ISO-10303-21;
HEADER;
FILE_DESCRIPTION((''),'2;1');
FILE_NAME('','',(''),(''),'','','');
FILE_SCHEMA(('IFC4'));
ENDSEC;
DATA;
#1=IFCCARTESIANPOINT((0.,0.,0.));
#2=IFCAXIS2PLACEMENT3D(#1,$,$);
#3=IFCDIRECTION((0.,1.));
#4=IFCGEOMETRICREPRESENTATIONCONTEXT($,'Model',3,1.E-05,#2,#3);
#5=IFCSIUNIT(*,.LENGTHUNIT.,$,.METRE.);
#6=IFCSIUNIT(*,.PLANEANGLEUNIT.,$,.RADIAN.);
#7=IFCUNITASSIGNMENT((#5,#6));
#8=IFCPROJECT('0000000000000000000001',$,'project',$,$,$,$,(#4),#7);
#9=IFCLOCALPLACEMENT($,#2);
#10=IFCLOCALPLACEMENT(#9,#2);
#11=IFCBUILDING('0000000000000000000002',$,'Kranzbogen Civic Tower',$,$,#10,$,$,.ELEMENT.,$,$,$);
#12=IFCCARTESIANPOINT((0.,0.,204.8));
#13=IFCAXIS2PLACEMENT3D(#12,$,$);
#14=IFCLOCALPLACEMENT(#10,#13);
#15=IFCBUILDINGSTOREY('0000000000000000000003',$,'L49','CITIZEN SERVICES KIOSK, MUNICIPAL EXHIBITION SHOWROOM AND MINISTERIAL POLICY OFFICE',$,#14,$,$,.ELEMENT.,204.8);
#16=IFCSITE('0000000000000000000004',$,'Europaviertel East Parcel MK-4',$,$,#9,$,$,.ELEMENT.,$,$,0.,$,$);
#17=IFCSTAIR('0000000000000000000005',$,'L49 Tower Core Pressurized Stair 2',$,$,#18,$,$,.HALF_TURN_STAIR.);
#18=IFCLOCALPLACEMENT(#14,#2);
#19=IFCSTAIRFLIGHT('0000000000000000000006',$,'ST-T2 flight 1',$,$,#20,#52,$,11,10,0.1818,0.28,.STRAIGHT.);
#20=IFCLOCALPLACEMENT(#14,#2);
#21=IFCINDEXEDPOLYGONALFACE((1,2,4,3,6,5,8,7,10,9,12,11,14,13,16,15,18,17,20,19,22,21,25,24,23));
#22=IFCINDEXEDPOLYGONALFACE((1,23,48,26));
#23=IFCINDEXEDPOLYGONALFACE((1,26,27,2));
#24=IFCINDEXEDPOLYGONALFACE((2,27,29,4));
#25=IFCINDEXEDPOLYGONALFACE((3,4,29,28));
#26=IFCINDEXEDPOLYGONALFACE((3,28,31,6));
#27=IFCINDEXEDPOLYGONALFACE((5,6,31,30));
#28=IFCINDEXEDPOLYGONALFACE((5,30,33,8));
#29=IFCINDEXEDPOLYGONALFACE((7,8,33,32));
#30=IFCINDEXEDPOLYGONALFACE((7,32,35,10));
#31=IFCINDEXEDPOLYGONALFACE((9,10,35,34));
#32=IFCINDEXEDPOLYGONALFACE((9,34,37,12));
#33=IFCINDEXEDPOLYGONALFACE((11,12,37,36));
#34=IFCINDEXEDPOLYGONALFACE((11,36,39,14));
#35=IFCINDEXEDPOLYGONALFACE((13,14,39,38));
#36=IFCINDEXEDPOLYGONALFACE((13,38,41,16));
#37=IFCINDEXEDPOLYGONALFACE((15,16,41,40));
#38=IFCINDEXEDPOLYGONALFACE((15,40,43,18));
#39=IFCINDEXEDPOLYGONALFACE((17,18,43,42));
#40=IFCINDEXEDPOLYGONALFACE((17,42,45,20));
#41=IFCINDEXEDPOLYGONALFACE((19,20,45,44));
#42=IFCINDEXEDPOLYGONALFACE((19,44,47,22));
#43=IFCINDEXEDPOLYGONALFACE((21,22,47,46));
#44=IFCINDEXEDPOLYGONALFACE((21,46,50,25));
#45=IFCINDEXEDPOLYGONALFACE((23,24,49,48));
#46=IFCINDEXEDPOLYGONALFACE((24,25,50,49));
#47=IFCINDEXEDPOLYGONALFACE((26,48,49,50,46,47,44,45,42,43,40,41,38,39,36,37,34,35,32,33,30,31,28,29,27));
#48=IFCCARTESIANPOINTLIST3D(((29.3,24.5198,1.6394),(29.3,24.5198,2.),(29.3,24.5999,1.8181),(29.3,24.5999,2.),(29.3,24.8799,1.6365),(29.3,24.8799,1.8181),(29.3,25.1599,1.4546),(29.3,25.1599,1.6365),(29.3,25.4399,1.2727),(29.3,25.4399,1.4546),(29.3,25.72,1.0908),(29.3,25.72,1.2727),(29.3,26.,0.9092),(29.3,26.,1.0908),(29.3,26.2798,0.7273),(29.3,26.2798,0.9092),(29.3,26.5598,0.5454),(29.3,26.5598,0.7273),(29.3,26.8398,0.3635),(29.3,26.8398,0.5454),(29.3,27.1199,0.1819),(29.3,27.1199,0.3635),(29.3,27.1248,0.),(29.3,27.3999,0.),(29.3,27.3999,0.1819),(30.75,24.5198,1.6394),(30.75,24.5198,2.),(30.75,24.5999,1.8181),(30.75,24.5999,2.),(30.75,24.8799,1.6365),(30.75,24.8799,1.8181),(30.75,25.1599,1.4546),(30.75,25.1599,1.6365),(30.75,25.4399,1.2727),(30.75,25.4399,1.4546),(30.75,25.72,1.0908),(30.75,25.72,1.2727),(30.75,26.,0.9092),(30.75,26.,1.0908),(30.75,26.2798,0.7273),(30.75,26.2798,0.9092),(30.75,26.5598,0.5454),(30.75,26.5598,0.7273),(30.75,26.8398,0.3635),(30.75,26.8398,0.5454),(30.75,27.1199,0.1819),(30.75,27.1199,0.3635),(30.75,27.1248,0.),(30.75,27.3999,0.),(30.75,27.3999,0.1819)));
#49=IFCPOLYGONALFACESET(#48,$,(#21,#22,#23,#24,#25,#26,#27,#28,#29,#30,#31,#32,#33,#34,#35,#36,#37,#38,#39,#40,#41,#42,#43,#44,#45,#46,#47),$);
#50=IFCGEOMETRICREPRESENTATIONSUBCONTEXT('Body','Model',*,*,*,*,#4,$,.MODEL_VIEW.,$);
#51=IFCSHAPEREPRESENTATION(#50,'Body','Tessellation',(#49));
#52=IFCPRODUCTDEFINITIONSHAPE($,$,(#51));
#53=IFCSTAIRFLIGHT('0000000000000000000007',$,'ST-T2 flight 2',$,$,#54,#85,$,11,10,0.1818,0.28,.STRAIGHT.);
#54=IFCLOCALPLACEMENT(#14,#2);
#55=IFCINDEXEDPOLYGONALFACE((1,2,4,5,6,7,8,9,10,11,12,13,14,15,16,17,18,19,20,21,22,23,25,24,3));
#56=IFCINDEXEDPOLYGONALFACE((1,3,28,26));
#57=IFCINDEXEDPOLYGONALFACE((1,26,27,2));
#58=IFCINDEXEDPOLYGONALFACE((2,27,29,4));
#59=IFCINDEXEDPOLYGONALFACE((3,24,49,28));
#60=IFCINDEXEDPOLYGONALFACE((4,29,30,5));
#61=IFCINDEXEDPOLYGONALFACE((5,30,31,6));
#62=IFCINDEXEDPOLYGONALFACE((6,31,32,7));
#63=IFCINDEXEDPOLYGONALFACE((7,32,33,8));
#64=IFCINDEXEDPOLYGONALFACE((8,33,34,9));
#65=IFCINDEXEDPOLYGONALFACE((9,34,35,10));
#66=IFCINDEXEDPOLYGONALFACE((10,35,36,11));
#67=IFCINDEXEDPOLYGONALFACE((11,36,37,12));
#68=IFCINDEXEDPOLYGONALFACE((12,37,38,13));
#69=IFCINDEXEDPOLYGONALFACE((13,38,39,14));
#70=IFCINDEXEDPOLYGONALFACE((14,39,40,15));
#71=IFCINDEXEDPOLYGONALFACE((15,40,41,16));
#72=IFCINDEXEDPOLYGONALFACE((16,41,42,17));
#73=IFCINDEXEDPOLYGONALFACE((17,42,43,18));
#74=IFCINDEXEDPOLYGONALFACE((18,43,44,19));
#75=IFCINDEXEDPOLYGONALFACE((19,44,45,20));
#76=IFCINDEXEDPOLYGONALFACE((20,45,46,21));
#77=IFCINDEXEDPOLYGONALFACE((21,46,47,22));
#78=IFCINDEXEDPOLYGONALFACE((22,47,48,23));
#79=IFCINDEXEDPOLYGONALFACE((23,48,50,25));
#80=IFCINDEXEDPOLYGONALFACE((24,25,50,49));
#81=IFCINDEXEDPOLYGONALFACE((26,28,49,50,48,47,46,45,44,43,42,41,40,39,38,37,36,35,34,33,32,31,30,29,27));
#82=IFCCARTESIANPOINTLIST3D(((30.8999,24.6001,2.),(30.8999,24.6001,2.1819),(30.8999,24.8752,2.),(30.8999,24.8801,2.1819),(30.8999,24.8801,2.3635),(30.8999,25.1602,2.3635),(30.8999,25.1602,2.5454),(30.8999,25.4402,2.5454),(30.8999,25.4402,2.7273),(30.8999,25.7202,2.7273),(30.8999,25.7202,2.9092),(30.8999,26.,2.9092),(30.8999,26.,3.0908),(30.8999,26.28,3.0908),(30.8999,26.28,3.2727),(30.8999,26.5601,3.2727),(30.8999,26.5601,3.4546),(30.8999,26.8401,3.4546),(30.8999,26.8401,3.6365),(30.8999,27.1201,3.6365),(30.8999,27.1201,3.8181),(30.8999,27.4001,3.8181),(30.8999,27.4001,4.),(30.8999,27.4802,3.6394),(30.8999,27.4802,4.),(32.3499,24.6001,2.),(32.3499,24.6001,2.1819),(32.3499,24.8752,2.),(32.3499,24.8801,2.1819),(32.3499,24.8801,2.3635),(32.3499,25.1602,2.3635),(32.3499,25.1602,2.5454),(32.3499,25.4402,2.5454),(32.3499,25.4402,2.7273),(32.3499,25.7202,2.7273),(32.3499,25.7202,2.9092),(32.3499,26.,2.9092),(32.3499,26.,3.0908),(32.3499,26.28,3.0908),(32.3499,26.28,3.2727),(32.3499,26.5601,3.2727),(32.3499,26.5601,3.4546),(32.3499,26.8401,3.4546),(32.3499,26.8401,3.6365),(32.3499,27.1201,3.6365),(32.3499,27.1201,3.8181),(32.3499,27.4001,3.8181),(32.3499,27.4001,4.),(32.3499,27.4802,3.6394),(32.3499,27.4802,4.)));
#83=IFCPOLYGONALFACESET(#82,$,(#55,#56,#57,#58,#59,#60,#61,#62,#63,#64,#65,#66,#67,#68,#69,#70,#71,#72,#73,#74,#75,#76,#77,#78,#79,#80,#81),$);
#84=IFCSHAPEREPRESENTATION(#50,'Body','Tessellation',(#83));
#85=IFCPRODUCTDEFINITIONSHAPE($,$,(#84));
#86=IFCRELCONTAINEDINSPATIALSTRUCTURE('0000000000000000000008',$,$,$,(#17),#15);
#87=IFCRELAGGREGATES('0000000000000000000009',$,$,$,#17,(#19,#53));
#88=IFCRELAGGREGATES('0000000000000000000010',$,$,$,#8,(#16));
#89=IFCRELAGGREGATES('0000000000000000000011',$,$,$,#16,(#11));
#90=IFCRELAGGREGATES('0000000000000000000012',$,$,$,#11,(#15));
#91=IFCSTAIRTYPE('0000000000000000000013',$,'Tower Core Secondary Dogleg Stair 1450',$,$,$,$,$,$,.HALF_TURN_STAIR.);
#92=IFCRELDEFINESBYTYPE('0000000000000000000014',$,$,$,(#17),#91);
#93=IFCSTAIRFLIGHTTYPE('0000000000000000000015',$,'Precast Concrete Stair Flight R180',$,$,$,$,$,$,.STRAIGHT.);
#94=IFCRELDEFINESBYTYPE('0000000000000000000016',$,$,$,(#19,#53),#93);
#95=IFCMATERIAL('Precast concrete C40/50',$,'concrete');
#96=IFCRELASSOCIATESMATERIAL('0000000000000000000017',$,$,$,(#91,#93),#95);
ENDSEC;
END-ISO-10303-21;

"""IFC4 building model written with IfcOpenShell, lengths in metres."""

from ifc_helpers import new_model, si_unit, direction, frame, origin, place, context, subcontext, project, spatial, polyline, outline, extrude, material, type_object, element, aggregate, save


model = new_model("IFC4")

# Units and contexts
model_context = context("Model", 3, precision=1e-05, world=origin(), true_north=direction((0.0, 1.0)))
body_context = subcontext(model_context, "Body", "Model", "MODEL_VIEW")
ifc_project = project(units=[si_unit("LENGTHUNIT", "METRE"), si_unit("PLANEANGLEUNIT", "RADIAN")], contexts=[model_context])

# Site, building, storey
site_placement = place(None, origin())
site = spatial("IfcSite", under=ifc_project, at=site_placement, Name="Europaviertel East Parcel MK-4", CompositionType="ELEMENT", RefElevation=0.0)
building_placement = place(site_placement, origin())
building = spatial("IfcBuilding", under=site, at=building_placement, Name="Kranzbogen Civic Tower", CompositionType="ELEMENT")
storey_placement = place(building_placement, frame((0.0, 0.0, 204.8)))
storey = spatial("IfcBuildingStorey", under=building, at=storey_placement, Name="L49", Description="CITIZEN SERVICES KIOSK, MUNICIPAL EXHIBITION SHOWROOM AND MINISTERIAL POLICY OFFICE", CompositionType="ELEMENT", Elevation=204.8)

# Stair, stair flights
ifc_material_1 = material(Name="Precast concrete C40/50", Category="concrete")
stair_type = type_object("IfcStairType", Name="Tower Core Secondary Dogleg Stair 1450", PredefinedType="HALF_TURN_STAIR", material=ifc_material_1)
stair_placement = place(storey_placement, origin())
stair = element("IfcStair", 1, at=stair_placement, inside=storey, type_object=stair_type, Name="L49 Tower Core Pressurized Stair 2", PredefinedType="HALF_TURN_STAIR")
stair_flight_type = type_object("IfcStairFlightType", Name="Precast Concrete Stair Flight R180", PredefinedType="STRAIGHT", material=ifc_material_1)
stair_flight_1_placement = place(storey_placement, frame((30.0249, 27.3999, 0.0), z_axis=(0.0, 0.0, 1.0), x_axis=(0.0, -1.0, 0.0)))
stair_flight_1 = element("IfcStairFlight", 2, at=stair_flight_1_placement, type_object=stair_flight_type, Name="ST-T2 flight 1", NumberOfRisers=11, NumberOfTreads=10, PredefinedType="STRAIGHT", RiserHeight=0.1818, TreadLength=0.28, context=body_context, shape_type="SweptSolid", body=[
    extrude(outline(polyline([(0.0, 0.0), (0.0, 0.1819), (0.28, 0.1819), (0.28, 0.3635), (0.5601, 0.3635), (0.5601, 0.5454), (0.8401, 0.5454), (0.8401, 0.7273), (1.1201, 0.7273), (1.1201, 0.9092), (1.3999, 0.9092), (1.3999, 1.0908), (1.6799, 1.0908), (1.6799, 1.2727), (1.96, 1.2727), (1.96, 1.4546), (2.24, 1.4546), (2.24, 1.6365), (2.52, 1.6365), (2.52, 1.8181), (2.8, 1.8181), (2.8, 2.0), (2.8801, 2.0), (2.8801, 1.6394), (0.2751, 0.0), (0.0, 0.0)])), frame((0.0, 0.7251, 0.0), z_axis=(0.0, -1.0, 0.0), x_axis=(1.0, 0.0, 0.0)), (0.0, 0.0, 1.0), 1.45),
])
stair_flight_2_placement = place(storey_placement, frame((31.625, 24.6001, 2.0), z_axis=(0.0, 0.0, 1.0), x_axis=(0.0, 1.0, 0.0)))
stair_flight_2 = element("IfcStairFlight", 3, at=stair_flight_2_placement, type_object=stair_flight_type, Name="ST-T2 flight 2", NumberOfRisers=11, NumberOfTreads=10, PredefinedType="STRAIGHT", RiserHeight=0.1818, TreadLength=0.28, context=body_context, shape_type="SweptSolid", body=[
    extrude(outline(polyline([(0.0, 0.0), (0.0, 0.1819), (0.28, 0.1819), (0.28, 0.3635), (0.5601, 0.3635), (0.5601, 0.5454), (0.8401, 0.5454), (0.8401, 0.7273), (1.1201, 0.7273), (1.1201, 0.9092), (1.3999, 0.9092), (1.3999, 1.0908), (1.6799, 1.0908), (1.6799, 1.2727), (1.96, 1.2727), (1.96, 1.4546), (2.24, 1.4546), (2.24, 1.6365), (2.52, 1.6365), (2.52, 1.8181), (2.8, 1.8181), (2.8, 2.0), (2.8801, 2.0), (2.8801, 1.6394), (0.2751, 0.0), (0.0, 0.0)])), frame((0.0, 0.7251, 0.0), z_axis=(0.0, -1.0, 0.0), x_axis=(1.0, 0.0, 0.0)), (0.0, 0.0, 1.0), 1.45),
])
aggregate(stair, [stair_flight_1, stair_flight_2])

save(model, "model.ifc")
